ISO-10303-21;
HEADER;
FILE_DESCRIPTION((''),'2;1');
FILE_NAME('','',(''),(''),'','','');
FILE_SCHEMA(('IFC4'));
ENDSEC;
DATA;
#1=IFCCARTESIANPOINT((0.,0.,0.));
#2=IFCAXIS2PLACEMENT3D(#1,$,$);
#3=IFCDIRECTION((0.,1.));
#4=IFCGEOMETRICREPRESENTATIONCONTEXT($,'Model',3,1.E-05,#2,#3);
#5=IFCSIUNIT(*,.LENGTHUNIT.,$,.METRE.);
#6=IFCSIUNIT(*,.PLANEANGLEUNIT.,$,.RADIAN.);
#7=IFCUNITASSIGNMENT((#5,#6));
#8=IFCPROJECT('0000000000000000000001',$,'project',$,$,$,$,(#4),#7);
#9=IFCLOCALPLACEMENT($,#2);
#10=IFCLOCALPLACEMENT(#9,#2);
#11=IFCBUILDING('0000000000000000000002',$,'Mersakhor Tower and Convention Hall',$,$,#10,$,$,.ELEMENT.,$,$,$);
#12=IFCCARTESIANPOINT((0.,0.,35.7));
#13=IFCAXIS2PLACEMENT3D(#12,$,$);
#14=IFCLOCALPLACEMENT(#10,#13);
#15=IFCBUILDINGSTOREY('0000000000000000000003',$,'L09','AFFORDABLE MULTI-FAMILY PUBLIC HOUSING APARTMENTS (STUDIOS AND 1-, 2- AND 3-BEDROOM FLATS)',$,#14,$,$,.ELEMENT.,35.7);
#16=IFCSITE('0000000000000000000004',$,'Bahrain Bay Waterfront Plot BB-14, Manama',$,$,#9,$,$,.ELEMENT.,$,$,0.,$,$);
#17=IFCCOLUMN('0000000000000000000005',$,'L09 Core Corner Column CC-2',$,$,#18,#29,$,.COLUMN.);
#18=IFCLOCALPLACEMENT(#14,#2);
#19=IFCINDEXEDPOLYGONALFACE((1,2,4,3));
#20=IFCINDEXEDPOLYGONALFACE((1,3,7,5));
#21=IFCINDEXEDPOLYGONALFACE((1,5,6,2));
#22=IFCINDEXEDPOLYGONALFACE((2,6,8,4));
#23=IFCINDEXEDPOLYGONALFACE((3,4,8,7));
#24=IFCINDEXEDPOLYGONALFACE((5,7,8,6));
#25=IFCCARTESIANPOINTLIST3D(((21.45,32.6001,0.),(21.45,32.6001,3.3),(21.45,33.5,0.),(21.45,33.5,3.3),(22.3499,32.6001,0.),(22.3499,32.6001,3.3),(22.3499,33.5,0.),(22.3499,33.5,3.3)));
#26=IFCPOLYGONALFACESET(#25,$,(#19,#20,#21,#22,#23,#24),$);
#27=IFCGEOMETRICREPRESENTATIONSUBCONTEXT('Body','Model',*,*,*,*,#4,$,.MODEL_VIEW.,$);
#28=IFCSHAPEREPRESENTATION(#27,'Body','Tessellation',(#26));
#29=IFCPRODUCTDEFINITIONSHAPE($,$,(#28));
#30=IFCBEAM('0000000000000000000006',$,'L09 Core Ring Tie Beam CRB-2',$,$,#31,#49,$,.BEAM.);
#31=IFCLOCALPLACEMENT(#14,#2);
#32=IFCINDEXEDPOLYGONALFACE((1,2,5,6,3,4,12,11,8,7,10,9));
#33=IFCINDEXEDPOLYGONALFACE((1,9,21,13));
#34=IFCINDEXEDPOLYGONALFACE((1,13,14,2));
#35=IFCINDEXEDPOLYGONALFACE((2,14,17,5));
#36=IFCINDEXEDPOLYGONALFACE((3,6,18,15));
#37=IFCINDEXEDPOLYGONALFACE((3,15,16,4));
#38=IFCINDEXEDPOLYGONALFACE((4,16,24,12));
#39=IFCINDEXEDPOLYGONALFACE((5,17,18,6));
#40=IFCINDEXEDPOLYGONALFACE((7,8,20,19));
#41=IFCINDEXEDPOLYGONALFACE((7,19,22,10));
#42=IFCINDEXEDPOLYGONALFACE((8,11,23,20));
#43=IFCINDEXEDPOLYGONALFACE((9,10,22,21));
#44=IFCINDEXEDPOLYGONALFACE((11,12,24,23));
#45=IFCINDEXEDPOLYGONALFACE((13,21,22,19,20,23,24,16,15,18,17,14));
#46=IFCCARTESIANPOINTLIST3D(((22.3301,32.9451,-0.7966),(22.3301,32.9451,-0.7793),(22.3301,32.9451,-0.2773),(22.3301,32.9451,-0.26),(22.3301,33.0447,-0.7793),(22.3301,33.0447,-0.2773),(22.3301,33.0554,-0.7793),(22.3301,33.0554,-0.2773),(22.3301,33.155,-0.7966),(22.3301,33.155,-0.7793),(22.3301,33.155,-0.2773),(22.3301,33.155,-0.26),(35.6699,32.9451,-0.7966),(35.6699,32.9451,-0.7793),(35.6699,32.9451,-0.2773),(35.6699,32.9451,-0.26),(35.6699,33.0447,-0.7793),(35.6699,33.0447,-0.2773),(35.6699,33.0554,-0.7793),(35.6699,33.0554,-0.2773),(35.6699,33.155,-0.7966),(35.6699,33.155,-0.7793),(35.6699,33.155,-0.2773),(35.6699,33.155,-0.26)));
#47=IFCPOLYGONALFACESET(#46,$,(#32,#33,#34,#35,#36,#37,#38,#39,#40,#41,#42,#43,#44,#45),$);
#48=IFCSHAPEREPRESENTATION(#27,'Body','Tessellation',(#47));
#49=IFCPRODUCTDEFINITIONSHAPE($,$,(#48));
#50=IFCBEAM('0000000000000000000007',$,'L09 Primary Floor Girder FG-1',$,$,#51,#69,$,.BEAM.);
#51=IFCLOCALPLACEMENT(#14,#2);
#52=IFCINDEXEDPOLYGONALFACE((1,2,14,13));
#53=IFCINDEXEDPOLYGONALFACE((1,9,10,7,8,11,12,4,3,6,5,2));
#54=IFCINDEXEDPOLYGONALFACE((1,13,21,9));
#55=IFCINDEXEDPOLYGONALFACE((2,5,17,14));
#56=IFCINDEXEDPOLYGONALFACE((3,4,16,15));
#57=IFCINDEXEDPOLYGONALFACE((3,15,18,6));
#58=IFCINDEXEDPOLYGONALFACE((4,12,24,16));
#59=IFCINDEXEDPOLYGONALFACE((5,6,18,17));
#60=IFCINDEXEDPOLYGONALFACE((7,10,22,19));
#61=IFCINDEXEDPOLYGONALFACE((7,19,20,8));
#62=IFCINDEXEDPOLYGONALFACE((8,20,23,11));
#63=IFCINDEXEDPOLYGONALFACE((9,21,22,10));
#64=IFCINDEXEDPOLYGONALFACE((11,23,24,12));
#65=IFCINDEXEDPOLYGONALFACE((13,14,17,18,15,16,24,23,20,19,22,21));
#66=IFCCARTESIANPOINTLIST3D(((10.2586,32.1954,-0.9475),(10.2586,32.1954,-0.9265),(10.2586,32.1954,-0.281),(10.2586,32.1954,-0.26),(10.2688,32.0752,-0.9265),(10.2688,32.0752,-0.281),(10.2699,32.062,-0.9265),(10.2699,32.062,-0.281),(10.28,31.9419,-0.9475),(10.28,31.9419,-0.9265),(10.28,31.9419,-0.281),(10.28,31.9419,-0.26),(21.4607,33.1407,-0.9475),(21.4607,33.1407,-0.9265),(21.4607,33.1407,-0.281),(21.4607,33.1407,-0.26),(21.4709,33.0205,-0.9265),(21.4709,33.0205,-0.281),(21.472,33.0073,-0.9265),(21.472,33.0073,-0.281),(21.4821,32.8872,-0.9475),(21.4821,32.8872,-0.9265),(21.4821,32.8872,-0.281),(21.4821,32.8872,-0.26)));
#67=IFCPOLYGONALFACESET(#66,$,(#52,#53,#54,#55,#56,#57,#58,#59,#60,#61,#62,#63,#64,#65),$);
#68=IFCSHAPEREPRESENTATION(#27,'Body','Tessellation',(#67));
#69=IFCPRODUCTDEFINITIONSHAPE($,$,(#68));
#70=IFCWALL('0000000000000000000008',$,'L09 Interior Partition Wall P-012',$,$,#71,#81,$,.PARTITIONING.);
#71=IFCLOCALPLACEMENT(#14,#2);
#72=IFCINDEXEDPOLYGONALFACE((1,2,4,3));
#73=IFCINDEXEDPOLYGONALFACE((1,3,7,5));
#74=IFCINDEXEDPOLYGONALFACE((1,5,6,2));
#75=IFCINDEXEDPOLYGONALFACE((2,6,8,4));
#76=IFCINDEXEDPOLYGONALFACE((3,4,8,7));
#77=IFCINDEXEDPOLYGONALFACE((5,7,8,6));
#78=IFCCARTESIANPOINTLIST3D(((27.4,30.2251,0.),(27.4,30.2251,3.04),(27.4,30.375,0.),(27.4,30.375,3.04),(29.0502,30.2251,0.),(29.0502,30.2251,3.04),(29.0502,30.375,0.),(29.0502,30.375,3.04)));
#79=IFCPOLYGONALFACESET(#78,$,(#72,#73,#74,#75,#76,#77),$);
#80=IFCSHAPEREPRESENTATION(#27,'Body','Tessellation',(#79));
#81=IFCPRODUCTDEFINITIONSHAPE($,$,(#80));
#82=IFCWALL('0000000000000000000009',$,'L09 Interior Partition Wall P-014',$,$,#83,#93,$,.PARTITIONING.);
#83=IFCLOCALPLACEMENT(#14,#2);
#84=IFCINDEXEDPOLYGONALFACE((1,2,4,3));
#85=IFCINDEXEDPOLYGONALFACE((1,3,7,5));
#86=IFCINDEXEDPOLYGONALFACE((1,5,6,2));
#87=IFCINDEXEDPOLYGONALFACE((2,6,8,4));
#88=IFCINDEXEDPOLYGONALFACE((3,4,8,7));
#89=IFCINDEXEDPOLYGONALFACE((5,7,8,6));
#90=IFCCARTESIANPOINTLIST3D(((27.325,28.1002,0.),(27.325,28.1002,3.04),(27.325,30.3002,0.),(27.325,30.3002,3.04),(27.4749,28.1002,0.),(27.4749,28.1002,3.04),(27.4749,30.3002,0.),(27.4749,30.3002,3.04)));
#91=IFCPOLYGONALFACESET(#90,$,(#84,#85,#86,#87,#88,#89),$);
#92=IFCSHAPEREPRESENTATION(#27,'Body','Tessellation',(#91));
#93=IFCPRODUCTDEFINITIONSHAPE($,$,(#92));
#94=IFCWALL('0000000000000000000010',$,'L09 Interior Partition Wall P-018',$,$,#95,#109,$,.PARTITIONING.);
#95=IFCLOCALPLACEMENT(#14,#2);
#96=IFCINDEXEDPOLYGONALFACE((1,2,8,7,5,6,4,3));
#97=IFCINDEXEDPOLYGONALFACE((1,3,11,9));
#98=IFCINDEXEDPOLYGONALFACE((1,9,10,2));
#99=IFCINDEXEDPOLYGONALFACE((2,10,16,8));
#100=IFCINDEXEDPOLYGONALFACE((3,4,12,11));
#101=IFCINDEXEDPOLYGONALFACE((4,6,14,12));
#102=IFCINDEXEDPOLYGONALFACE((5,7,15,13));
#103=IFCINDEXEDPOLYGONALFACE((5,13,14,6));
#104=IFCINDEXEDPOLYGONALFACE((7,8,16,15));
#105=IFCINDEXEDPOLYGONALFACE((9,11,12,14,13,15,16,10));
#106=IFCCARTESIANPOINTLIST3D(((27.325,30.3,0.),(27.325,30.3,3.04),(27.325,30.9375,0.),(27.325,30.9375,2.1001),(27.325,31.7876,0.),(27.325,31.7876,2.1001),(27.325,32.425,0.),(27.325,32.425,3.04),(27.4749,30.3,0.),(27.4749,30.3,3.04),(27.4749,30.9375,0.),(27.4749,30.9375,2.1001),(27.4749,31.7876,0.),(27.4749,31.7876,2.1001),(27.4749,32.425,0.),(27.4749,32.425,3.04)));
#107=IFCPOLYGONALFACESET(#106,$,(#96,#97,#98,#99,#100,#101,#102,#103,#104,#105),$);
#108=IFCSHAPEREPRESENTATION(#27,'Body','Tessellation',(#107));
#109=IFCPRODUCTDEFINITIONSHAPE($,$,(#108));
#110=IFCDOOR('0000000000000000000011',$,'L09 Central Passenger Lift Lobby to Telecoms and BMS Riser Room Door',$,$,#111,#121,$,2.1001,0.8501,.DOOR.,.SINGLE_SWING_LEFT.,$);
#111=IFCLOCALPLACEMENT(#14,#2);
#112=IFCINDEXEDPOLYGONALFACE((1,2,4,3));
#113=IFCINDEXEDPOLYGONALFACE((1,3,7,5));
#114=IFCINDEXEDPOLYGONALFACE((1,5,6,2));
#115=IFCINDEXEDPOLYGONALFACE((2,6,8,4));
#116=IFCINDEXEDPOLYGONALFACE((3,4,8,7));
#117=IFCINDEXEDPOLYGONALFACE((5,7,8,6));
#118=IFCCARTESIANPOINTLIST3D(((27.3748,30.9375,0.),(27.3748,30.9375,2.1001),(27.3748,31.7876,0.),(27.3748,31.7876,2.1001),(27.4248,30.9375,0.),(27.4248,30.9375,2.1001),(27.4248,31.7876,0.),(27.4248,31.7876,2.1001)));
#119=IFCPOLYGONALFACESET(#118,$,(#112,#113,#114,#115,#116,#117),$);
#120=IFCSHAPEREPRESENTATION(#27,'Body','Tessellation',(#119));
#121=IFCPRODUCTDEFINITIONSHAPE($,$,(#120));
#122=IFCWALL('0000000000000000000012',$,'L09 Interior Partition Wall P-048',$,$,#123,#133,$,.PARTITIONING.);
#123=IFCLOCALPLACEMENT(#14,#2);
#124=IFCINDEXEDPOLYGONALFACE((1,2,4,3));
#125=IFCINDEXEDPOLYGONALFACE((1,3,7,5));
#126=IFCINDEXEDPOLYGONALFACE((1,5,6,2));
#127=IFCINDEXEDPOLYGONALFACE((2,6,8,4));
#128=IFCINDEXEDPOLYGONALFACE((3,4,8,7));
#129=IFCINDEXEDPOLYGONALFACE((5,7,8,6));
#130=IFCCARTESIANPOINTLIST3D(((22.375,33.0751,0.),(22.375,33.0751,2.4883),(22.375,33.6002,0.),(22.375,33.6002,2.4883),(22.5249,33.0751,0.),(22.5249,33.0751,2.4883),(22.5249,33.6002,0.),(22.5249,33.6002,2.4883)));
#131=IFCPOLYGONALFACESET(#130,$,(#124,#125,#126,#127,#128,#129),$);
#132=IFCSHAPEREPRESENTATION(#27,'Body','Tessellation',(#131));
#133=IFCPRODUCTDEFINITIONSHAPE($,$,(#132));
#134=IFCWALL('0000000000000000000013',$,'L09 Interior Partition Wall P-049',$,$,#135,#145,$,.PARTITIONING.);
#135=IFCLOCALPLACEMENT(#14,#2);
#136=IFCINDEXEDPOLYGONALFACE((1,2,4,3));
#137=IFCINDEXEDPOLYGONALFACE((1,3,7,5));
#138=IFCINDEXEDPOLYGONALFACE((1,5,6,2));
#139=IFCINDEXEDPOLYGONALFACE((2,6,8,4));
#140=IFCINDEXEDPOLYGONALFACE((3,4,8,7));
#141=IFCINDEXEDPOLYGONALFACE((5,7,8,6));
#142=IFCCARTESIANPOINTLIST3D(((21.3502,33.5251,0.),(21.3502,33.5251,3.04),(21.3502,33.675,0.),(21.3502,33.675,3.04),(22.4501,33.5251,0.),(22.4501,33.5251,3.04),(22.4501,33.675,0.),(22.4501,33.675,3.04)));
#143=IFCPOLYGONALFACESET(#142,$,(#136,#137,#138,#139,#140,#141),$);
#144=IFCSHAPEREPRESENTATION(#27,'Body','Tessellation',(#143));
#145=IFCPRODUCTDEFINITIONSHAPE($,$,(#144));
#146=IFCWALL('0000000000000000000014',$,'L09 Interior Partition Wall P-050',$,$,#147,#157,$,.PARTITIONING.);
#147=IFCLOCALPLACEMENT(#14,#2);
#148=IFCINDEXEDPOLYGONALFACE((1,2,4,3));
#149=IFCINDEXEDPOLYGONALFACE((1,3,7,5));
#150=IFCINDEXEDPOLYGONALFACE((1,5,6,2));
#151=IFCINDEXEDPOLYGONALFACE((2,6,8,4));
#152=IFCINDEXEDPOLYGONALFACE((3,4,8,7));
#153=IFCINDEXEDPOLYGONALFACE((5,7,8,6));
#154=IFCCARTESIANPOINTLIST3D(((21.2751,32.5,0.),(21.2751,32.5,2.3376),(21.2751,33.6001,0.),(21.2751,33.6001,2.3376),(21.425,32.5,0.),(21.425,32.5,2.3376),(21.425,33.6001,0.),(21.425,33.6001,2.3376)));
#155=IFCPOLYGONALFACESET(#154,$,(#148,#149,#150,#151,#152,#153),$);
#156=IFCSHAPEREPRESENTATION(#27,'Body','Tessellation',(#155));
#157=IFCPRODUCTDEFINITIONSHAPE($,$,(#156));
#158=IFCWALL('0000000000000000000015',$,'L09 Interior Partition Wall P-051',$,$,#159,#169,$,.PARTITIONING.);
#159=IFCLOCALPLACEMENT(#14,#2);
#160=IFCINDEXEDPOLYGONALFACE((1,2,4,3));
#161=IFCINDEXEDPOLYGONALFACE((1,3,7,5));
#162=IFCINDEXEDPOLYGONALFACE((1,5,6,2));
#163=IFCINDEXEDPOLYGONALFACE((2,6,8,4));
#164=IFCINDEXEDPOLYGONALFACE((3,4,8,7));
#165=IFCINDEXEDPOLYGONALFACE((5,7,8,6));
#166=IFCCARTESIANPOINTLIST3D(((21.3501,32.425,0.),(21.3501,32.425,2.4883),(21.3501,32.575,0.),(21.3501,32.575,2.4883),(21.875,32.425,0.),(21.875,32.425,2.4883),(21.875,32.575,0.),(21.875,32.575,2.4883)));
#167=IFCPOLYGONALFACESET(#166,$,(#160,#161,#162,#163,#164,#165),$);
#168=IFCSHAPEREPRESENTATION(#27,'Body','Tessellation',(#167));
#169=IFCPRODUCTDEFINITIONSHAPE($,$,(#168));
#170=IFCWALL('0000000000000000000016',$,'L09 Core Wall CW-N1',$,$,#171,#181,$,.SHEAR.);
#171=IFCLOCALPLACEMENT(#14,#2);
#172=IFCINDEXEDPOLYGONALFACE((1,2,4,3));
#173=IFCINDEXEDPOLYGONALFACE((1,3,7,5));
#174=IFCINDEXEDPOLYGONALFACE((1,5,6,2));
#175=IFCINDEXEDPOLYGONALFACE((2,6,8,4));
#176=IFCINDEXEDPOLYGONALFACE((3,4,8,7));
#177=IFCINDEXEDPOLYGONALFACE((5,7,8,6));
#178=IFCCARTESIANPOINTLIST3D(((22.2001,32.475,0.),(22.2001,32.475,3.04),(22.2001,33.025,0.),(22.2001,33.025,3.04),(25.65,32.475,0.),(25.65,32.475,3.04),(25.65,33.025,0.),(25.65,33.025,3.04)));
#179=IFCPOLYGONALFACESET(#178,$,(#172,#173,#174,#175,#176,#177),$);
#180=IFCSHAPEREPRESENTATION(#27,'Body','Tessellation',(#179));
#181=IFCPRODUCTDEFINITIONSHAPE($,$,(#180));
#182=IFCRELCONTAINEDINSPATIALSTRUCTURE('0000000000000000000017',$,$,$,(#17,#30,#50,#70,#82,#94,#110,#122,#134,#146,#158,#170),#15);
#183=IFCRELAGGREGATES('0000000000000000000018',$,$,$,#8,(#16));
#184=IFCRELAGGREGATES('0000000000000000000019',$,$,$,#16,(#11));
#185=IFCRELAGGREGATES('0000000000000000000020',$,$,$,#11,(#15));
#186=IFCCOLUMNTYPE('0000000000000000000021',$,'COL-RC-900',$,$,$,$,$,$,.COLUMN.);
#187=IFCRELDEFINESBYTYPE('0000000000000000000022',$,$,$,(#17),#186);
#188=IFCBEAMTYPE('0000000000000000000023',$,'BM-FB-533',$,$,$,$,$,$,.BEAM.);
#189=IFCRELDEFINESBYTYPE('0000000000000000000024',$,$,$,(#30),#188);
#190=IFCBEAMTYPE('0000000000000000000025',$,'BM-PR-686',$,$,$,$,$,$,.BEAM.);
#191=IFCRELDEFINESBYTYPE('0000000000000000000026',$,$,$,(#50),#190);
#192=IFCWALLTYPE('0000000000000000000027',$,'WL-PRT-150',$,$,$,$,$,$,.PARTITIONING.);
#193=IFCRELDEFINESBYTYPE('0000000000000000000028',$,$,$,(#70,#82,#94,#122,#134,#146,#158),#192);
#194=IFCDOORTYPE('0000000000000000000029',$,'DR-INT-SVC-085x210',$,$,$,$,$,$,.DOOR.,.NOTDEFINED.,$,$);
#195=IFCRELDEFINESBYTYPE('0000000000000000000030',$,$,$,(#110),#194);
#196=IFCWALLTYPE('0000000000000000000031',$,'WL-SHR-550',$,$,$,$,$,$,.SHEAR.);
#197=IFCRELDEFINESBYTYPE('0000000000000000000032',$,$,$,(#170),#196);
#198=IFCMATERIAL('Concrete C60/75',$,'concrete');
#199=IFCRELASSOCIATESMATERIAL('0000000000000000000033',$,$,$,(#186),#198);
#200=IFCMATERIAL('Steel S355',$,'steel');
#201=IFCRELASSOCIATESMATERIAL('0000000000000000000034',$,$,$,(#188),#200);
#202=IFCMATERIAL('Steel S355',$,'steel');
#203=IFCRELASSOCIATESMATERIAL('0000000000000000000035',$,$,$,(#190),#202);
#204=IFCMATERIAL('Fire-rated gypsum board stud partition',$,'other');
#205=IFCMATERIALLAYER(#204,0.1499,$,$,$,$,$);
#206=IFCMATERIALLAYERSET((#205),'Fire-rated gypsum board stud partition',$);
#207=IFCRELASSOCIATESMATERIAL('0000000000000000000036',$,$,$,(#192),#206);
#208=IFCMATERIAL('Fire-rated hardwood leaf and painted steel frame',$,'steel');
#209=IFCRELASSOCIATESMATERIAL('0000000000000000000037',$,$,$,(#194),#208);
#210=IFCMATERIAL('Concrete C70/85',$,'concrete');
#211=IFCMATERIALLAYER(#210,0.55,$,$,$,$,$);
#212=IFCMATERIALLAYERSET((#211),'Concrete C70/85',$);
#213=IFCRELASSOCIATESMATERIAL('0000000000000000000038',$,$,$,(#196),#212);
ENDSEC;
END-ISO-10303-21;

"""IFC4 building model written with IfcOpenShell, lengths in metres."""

from ifc_helpers import new_model, si_unit, direction, frame, frame_2d, origin, origin_2d, place, context, subcontext, project, spatial, rectangle, i_section, extrude, material, layer, layer_set, material_profile, profile_set, type_object, element, fill, save


model = new_model("IFC4")

# Units and contexts
model_context = context("Model", 3, precision=1e-05, world=origin(), true_north=direction((0.0, 1.0)))
body_context = subcontext(model_context, "Body", "Model", "MODEL_VIEW")
ifc_project = project(units=[si_unit("LENGTHUNIT", "METRE"), si_unit("PLANEANGLEUNIT", "RADIAN")], contexts=[model_context])

# Site, building, storey
site_placement = place(None, origin())
site = spatial("IfcSite", under=ifc_project, at=site_placement, Name="Bahrain Bay Waterfront Plot BB-14, Manama", CompositionType="ELEMENT", RefElevation=0.0)
building_placement = place(site_placement, origin())
building = spatial("IfcBuilding", under=site, at=building_placement, Name="Mersakhor Tower and Convention Hall", CompositionType="ELEMENT")
storey_placement = place(building_placement, frame((0.0, 0.0, 35.7)))
storey = spatial("IfcBuildingStorey", under=building, at=storey_placement, Name="L09", Description="AFFORDABLE MULTI-FAMILY PUBLIC HOUSING APARTMENTS (STUDIOS AND 1-, 2- AND 3-BEDROOM FLATS)", CompositionType="ELEMENT", Elevation=35.7)

# Column
ifc_material_1 = material(Name="Concrete C60/75", Category="concrete")
ifc_material_profile_1 = material_profile(ifc_material_1, rectangle(XDim=0.8999, YDim=0.8999, at=origin_2d()), Name="RC 900x900")
ifc_profile_set_1 = profile_set([ifc_material_profile_1], Name="Concrete C60/75")
column_type = type_object("IfcColumnType", Name="COL-RC-900", PredefinedType="COLUMN", material=ifc_profile_set_1)
column_placement = place(storey_placement, frame((21.8999, 33.05, 0.0), z_axis=(0.0, 0.0, 1.0), x_axis=(1.0, 0.0, 0.0)))
element("IfcColumn", 1, at=column_placement, inside=storey, type_object=column_type, Name="L09 Core Corner Column CC-2", PredefinedType="COLUMN", context=body_context, shape_type="SweptSolid", body=[
    extrude(rectangle(XDim=0.8999, YDim=0.8999, at=origin_2d()), origin(), (0.0, 0.0, 1.0), 3.3),
])

# Beams
ifc_material_2 = material(Name="Steel S355", Category="steel")
ifc_material_profile_2 = material_profile(ifc_material_2, i_section(OverallWidth=0.21, OverallDepth=0.5366, WebThickness=0.0107, FlangeThickness=0.0173, at=origin_2d()), Name="UB 533x210x101")
ifc_profile_set_2 = profile_set([ifc_material_profile_2], Name="Steel S355")
beam_type_1 = type_object("IfcBeamType", Name="BM-FB-533", PredefinedType="BEAM", material=ifc_profile_set_2)
beam_1_placement = place(storey_placement, frame((22.3301, 33.05, -0.5283), z_axis=(1.0, 0.0, 0.0), x_axis=(0.0, 1.0, 0.0)))
element("IfcBeam", 2, at=beam_1_placement, inside=storey, type_object=beam_type_1, Name="L09 Core Ring Tie Beam CRB-2", PredefinedType="BEAM", context=body_context, shape_type="SweptSolid", body=[
    extrude(i_section(OverallWidth=0.21, OverallDepth=0.5366, WebThickness=0.0107, FlangeThickness=0.0173, at=origin_2d()), origin(), (0.0, 0.0, 1.0), 13.3398),
])
ifc_material_3 = material(Name="Steel S355", Category="steel")
ifc_material_profile_3 = material_profile(ifc_material_3, i_section(OverallWidth=0.2544, OverallDepth=0.6875, WebThickness=0.0132, FlangeThickness=0.021, at=origin_2d()), Name="UB 686x254x152")
ifc_profile_set_3 = profile_set([ifc_material_profile_3], Name="Steel S355")
beam_type_2 = type_object("IfcBeamType", Name="BM-PR-686", PredefinedType="BEAM", material=ifc_profile_set_3)
beam_2_placement = place(storey_placement, frame((21.4714, 33.0139, -0.6038), z_axis=(-0.996458, -0.084088, 0.0), x_axis=(0.084088, -0.996458, 0.0)))
element("IfcBeam", 3, at=beam_2_placement, inside=storey, type_object=beam_type_2, Name="L09 Primary Floor Girder FG-1", PredefinedType="BEAM", context=body_context, shape_type="SweptSolid", body=[
    extrude(i_section(OverallWidth=0.2544, OverallDepth=0.6875, WebThickness=0.0132, FlangeThickness=0.021, at=origin_2d()), origin(), (0.0, 0.0, 1.0), 11.2419),
])

# Walls
ifc_material_4 = material(Name="Fire-rated gypsum board stud partition", Category="other")
ifc_layer_1 = layer(ifc_material_4, 0.1499)
ifc_layer_set_1 = layer_set([ifc_layer_1], Name="Fire-rated gypsum board stud partition")
wall_type_1 = type_object("IfcWallType", Name="WL-PRT-150", PredefinedType="PARTITIONING", material=ifc_layer_set_1)
wall_1_placement = place(storey_placement, frame((27.3999, 30.3, 0.0), z_axis=(0.0, 0.0, 1.0), x_axis=(1.0, 0.0, 0.0)))
element("IfcWall", 4, at=wall_1_placement, inside=storey, type_object=wall_type_1, Name="L09 Interior Partition Wall P-012", PredefinedType="PARTITIONING", context=body_context, shape_type="SweptSolid", body=[
    extrude(rectangle(XDim=1.6501, YDim=0.1499, at=frame_2d((0.8252, 0.0))), origin(), (0.0, 0.0, 1.0), 3.04),
])
wall_2_placement = place(storey_placement, frame((27.3999, 28.1001, 0.0), z_axis=(0.0, 0.0, 1.0), x_axis=(0.0, 1.0, 0.0)))
element("IfcWall", 5, at=wall_2_placement, inside=storey, type_object=wall_type_1, Name="L09 Interior Partition Wall P-014", PredefinedType="PARTITIONING", context=body_context, shape_type="SweptSolid", body=[
    extrude(rectangle(XDim=2.2, YDim=0.1499, at=frame_2d((1.1001, 0.0))), origin(), (0.0, 0.0, 1.0), 3.04),
])

# Wall, opening, door
wall_3_placement = place(storey_placement, frame((27.3999, 32.425, 0.0), z_axis=(0.0, 0.0, 1.0), x_axis=(0.0, -1.0, 0.0)))
wall_3 = element("IfcWall", 6, at=wall_3_placement, inside=storey, type_object=wall_type_1, Name="L09 Interior Partition Wall P-018", PredefinedType="PARTITIONING", context=body_context, shape_type="SweptSolid", body=[
    extrude(rectangle(XDim=2.125, YDim=0.1499, at=frame_2d((1.0625, 0.0))), origin(), (0.0, 0.0, 1.0), 3.04),
])
opening_1_placement = place(wall_3_placement, frame((0.6375, 0.0, 0.0)))
opening_1 = element("IfcOpeningElement", 7, at=opening_1_placement, cuts=wall_3, PredefinedType="OPENING", context=body_context, shape_type="SweptSolid", body=[
    extrude(rectangle(XDim=0.8501, YDim=2.1001, at=frame_2d((0.425, 1.05))), frame((0.0, 0.085, 0.0), z_axis=(0.0, -1.0, 0.0), x_axis=(1.0, 0.0, 0.0)), (0.0, 0.0, 1.0), 0.1699),
])
ifc_material_5 = material(Name="Fire-rated hardwood leaf and painted steel frame", Category="steel")
door_type_1 = type_object("IfcDoorType", Name="DR-INT-SVC-085x210", OperationType="NOTDEFINED", PredefinedType="DOOR", material=ifc_material_5)
door_1_placement = place(opening_1_placement, origin())
door_1 = element("IfcDoor", 8, at=door_1_placement, inside=storey, type_object=door_type_1, Name="L09 Central Passenger Lift Lobby to Telecoms and BMS Riser Room Door", OperationType="SINGLE_SWING_LEFT", OverallHeight=2.1001, OverallWidth=0.8501, PredefinedType="DOOR", context=body_context, shape_type="SweptSolid", body=[
    extrude(rectangle(XDim=0.8501, YDim=2.1001, at=frame_2d((0.425, 1.05))), frame((0.0, 0.0249, 0.0), z_axis=(0.0, -1.0, 0.0), x_axis=(1.0, 0.0, 0.0)), (0.0, 0.0, 1.0), 0.05),
])
fill(opening_1, door_1)

# Walls
wall_4_placement = place(storey_placement, frame((22.45, 33.075, 0.0), z_axis=(0.0, 0.0, 1.0), x_axis=(0.0, 1.0, 0.0)))
element("IfcWall", 9, at=wall_4_placement, inside=storey, type_object=wall_type_1, Name="L09 Interior Partition Wall P-048", PredefinedType="PARTITIONING", context=body_context, shape_type="SweptSolid", body=[
    extrude(rectangle(XDim=0.5251, YDim=0.1499, at=frame_2d((0.2627, 0.0))), origin(), (0.0, 0.0, 1.0), 2.4883),
])
wall_5_placement = place(storey_placement, frame((22.45, 33.6001, 0.0), z_axis=(0.0, 0.0, 1.0), x_axis=(-1.0, 0.0, 0.0)))
element("IfcWall", 10, at=wall_5_placement, inside=storey, type_object=wall_type_1, Name="L09 Interior Partition Wall P-049", PredefinedType="PARTITIONING", context=body_context, shape_type="SweptSolid", body=[
    extrude(rectangle(XDim=1.0999, YDim=0.1499, at=frame_2d((0.5498, 0.0))), origin(), (0.0, 0.0, 1.0), 3.04),
])
wall_6_placement = place(storey_placement, frame((21.3501, 33.6001, 0.0), z_axis=(0.0, 0.0, 1.0), x_axis=(0.0, -1.0, 0.0)))
element("IfcWall", 11, at=wall_6_placement, inside=storey, type_object=wall_type_1, Name="L09 Interior Partition Wall P-050", PredefinedType="PARTITIONING", context=body_context, shape_type="SweptSolid", body=[
    extrude(rectangle(XDim=1.1001, YDim=0.1499, at=frame_2d((0.55, 0.0))), origin(), (0.0, 0.0, 1.0), 2.3376),
])
wall_7_placement = place(storey_placement, frame((21.3501, 32.5, 0.0), z_axis=(0.0, 0.0, 1.0), x_axis=(1.0, 0.0, 0.0)))
element("IfcWall", 12, at=wall_7_placement, inside=storey, type_object=wall_type_1, Name="L09 Interior Partition Wall P-051", PredefinedType="PARTITIONING", context=body_context, shape_type="SweptSolid", body=[
    extrude(rectangle(XDim=0.5249, YDim=0.1499, at=frame_2d((0.2625, 0.0))), origin(), (0.0, 0.0, 1.0), 2.4883),
])

# Wall
ifc_material_6 = material(Name="Concrete C70/85", Category="concrete")
ifc_layer_2 = layer(ifc_material_6, 0.55)
ifc_layer_set_2 = layer_set([ifc_layer_2], Name="Concrete C70/85")
wall_type_2 = type_object("IfcWallType", Name="WL-SHR-550", PredefinedType="SHEAR", material=ifc_layer_set_2)
wall_8_placement = place(storey_placement, frame((22.2, 32.75, 0.0), z_axis=(0.0, 0.0, 1.0), x_axis=(1.0, 0.0, 0.0)))
element("IfcWall", 13, at=wall_8_placement, inside=storey, type_object=wall_type_2, Name="L09 Core Wall CW-N1", PredefinedType="SHEAR", context=body_context, shape_type="SweptSolid", body=[
    extrude(rectangle(XDim=3.45, YDim=0.55, at=frame_2d((1.7251, 0.0))), origin(), (0.0, 0.0, 1.0), 3.04),
])

save(model, "model.ifc")
